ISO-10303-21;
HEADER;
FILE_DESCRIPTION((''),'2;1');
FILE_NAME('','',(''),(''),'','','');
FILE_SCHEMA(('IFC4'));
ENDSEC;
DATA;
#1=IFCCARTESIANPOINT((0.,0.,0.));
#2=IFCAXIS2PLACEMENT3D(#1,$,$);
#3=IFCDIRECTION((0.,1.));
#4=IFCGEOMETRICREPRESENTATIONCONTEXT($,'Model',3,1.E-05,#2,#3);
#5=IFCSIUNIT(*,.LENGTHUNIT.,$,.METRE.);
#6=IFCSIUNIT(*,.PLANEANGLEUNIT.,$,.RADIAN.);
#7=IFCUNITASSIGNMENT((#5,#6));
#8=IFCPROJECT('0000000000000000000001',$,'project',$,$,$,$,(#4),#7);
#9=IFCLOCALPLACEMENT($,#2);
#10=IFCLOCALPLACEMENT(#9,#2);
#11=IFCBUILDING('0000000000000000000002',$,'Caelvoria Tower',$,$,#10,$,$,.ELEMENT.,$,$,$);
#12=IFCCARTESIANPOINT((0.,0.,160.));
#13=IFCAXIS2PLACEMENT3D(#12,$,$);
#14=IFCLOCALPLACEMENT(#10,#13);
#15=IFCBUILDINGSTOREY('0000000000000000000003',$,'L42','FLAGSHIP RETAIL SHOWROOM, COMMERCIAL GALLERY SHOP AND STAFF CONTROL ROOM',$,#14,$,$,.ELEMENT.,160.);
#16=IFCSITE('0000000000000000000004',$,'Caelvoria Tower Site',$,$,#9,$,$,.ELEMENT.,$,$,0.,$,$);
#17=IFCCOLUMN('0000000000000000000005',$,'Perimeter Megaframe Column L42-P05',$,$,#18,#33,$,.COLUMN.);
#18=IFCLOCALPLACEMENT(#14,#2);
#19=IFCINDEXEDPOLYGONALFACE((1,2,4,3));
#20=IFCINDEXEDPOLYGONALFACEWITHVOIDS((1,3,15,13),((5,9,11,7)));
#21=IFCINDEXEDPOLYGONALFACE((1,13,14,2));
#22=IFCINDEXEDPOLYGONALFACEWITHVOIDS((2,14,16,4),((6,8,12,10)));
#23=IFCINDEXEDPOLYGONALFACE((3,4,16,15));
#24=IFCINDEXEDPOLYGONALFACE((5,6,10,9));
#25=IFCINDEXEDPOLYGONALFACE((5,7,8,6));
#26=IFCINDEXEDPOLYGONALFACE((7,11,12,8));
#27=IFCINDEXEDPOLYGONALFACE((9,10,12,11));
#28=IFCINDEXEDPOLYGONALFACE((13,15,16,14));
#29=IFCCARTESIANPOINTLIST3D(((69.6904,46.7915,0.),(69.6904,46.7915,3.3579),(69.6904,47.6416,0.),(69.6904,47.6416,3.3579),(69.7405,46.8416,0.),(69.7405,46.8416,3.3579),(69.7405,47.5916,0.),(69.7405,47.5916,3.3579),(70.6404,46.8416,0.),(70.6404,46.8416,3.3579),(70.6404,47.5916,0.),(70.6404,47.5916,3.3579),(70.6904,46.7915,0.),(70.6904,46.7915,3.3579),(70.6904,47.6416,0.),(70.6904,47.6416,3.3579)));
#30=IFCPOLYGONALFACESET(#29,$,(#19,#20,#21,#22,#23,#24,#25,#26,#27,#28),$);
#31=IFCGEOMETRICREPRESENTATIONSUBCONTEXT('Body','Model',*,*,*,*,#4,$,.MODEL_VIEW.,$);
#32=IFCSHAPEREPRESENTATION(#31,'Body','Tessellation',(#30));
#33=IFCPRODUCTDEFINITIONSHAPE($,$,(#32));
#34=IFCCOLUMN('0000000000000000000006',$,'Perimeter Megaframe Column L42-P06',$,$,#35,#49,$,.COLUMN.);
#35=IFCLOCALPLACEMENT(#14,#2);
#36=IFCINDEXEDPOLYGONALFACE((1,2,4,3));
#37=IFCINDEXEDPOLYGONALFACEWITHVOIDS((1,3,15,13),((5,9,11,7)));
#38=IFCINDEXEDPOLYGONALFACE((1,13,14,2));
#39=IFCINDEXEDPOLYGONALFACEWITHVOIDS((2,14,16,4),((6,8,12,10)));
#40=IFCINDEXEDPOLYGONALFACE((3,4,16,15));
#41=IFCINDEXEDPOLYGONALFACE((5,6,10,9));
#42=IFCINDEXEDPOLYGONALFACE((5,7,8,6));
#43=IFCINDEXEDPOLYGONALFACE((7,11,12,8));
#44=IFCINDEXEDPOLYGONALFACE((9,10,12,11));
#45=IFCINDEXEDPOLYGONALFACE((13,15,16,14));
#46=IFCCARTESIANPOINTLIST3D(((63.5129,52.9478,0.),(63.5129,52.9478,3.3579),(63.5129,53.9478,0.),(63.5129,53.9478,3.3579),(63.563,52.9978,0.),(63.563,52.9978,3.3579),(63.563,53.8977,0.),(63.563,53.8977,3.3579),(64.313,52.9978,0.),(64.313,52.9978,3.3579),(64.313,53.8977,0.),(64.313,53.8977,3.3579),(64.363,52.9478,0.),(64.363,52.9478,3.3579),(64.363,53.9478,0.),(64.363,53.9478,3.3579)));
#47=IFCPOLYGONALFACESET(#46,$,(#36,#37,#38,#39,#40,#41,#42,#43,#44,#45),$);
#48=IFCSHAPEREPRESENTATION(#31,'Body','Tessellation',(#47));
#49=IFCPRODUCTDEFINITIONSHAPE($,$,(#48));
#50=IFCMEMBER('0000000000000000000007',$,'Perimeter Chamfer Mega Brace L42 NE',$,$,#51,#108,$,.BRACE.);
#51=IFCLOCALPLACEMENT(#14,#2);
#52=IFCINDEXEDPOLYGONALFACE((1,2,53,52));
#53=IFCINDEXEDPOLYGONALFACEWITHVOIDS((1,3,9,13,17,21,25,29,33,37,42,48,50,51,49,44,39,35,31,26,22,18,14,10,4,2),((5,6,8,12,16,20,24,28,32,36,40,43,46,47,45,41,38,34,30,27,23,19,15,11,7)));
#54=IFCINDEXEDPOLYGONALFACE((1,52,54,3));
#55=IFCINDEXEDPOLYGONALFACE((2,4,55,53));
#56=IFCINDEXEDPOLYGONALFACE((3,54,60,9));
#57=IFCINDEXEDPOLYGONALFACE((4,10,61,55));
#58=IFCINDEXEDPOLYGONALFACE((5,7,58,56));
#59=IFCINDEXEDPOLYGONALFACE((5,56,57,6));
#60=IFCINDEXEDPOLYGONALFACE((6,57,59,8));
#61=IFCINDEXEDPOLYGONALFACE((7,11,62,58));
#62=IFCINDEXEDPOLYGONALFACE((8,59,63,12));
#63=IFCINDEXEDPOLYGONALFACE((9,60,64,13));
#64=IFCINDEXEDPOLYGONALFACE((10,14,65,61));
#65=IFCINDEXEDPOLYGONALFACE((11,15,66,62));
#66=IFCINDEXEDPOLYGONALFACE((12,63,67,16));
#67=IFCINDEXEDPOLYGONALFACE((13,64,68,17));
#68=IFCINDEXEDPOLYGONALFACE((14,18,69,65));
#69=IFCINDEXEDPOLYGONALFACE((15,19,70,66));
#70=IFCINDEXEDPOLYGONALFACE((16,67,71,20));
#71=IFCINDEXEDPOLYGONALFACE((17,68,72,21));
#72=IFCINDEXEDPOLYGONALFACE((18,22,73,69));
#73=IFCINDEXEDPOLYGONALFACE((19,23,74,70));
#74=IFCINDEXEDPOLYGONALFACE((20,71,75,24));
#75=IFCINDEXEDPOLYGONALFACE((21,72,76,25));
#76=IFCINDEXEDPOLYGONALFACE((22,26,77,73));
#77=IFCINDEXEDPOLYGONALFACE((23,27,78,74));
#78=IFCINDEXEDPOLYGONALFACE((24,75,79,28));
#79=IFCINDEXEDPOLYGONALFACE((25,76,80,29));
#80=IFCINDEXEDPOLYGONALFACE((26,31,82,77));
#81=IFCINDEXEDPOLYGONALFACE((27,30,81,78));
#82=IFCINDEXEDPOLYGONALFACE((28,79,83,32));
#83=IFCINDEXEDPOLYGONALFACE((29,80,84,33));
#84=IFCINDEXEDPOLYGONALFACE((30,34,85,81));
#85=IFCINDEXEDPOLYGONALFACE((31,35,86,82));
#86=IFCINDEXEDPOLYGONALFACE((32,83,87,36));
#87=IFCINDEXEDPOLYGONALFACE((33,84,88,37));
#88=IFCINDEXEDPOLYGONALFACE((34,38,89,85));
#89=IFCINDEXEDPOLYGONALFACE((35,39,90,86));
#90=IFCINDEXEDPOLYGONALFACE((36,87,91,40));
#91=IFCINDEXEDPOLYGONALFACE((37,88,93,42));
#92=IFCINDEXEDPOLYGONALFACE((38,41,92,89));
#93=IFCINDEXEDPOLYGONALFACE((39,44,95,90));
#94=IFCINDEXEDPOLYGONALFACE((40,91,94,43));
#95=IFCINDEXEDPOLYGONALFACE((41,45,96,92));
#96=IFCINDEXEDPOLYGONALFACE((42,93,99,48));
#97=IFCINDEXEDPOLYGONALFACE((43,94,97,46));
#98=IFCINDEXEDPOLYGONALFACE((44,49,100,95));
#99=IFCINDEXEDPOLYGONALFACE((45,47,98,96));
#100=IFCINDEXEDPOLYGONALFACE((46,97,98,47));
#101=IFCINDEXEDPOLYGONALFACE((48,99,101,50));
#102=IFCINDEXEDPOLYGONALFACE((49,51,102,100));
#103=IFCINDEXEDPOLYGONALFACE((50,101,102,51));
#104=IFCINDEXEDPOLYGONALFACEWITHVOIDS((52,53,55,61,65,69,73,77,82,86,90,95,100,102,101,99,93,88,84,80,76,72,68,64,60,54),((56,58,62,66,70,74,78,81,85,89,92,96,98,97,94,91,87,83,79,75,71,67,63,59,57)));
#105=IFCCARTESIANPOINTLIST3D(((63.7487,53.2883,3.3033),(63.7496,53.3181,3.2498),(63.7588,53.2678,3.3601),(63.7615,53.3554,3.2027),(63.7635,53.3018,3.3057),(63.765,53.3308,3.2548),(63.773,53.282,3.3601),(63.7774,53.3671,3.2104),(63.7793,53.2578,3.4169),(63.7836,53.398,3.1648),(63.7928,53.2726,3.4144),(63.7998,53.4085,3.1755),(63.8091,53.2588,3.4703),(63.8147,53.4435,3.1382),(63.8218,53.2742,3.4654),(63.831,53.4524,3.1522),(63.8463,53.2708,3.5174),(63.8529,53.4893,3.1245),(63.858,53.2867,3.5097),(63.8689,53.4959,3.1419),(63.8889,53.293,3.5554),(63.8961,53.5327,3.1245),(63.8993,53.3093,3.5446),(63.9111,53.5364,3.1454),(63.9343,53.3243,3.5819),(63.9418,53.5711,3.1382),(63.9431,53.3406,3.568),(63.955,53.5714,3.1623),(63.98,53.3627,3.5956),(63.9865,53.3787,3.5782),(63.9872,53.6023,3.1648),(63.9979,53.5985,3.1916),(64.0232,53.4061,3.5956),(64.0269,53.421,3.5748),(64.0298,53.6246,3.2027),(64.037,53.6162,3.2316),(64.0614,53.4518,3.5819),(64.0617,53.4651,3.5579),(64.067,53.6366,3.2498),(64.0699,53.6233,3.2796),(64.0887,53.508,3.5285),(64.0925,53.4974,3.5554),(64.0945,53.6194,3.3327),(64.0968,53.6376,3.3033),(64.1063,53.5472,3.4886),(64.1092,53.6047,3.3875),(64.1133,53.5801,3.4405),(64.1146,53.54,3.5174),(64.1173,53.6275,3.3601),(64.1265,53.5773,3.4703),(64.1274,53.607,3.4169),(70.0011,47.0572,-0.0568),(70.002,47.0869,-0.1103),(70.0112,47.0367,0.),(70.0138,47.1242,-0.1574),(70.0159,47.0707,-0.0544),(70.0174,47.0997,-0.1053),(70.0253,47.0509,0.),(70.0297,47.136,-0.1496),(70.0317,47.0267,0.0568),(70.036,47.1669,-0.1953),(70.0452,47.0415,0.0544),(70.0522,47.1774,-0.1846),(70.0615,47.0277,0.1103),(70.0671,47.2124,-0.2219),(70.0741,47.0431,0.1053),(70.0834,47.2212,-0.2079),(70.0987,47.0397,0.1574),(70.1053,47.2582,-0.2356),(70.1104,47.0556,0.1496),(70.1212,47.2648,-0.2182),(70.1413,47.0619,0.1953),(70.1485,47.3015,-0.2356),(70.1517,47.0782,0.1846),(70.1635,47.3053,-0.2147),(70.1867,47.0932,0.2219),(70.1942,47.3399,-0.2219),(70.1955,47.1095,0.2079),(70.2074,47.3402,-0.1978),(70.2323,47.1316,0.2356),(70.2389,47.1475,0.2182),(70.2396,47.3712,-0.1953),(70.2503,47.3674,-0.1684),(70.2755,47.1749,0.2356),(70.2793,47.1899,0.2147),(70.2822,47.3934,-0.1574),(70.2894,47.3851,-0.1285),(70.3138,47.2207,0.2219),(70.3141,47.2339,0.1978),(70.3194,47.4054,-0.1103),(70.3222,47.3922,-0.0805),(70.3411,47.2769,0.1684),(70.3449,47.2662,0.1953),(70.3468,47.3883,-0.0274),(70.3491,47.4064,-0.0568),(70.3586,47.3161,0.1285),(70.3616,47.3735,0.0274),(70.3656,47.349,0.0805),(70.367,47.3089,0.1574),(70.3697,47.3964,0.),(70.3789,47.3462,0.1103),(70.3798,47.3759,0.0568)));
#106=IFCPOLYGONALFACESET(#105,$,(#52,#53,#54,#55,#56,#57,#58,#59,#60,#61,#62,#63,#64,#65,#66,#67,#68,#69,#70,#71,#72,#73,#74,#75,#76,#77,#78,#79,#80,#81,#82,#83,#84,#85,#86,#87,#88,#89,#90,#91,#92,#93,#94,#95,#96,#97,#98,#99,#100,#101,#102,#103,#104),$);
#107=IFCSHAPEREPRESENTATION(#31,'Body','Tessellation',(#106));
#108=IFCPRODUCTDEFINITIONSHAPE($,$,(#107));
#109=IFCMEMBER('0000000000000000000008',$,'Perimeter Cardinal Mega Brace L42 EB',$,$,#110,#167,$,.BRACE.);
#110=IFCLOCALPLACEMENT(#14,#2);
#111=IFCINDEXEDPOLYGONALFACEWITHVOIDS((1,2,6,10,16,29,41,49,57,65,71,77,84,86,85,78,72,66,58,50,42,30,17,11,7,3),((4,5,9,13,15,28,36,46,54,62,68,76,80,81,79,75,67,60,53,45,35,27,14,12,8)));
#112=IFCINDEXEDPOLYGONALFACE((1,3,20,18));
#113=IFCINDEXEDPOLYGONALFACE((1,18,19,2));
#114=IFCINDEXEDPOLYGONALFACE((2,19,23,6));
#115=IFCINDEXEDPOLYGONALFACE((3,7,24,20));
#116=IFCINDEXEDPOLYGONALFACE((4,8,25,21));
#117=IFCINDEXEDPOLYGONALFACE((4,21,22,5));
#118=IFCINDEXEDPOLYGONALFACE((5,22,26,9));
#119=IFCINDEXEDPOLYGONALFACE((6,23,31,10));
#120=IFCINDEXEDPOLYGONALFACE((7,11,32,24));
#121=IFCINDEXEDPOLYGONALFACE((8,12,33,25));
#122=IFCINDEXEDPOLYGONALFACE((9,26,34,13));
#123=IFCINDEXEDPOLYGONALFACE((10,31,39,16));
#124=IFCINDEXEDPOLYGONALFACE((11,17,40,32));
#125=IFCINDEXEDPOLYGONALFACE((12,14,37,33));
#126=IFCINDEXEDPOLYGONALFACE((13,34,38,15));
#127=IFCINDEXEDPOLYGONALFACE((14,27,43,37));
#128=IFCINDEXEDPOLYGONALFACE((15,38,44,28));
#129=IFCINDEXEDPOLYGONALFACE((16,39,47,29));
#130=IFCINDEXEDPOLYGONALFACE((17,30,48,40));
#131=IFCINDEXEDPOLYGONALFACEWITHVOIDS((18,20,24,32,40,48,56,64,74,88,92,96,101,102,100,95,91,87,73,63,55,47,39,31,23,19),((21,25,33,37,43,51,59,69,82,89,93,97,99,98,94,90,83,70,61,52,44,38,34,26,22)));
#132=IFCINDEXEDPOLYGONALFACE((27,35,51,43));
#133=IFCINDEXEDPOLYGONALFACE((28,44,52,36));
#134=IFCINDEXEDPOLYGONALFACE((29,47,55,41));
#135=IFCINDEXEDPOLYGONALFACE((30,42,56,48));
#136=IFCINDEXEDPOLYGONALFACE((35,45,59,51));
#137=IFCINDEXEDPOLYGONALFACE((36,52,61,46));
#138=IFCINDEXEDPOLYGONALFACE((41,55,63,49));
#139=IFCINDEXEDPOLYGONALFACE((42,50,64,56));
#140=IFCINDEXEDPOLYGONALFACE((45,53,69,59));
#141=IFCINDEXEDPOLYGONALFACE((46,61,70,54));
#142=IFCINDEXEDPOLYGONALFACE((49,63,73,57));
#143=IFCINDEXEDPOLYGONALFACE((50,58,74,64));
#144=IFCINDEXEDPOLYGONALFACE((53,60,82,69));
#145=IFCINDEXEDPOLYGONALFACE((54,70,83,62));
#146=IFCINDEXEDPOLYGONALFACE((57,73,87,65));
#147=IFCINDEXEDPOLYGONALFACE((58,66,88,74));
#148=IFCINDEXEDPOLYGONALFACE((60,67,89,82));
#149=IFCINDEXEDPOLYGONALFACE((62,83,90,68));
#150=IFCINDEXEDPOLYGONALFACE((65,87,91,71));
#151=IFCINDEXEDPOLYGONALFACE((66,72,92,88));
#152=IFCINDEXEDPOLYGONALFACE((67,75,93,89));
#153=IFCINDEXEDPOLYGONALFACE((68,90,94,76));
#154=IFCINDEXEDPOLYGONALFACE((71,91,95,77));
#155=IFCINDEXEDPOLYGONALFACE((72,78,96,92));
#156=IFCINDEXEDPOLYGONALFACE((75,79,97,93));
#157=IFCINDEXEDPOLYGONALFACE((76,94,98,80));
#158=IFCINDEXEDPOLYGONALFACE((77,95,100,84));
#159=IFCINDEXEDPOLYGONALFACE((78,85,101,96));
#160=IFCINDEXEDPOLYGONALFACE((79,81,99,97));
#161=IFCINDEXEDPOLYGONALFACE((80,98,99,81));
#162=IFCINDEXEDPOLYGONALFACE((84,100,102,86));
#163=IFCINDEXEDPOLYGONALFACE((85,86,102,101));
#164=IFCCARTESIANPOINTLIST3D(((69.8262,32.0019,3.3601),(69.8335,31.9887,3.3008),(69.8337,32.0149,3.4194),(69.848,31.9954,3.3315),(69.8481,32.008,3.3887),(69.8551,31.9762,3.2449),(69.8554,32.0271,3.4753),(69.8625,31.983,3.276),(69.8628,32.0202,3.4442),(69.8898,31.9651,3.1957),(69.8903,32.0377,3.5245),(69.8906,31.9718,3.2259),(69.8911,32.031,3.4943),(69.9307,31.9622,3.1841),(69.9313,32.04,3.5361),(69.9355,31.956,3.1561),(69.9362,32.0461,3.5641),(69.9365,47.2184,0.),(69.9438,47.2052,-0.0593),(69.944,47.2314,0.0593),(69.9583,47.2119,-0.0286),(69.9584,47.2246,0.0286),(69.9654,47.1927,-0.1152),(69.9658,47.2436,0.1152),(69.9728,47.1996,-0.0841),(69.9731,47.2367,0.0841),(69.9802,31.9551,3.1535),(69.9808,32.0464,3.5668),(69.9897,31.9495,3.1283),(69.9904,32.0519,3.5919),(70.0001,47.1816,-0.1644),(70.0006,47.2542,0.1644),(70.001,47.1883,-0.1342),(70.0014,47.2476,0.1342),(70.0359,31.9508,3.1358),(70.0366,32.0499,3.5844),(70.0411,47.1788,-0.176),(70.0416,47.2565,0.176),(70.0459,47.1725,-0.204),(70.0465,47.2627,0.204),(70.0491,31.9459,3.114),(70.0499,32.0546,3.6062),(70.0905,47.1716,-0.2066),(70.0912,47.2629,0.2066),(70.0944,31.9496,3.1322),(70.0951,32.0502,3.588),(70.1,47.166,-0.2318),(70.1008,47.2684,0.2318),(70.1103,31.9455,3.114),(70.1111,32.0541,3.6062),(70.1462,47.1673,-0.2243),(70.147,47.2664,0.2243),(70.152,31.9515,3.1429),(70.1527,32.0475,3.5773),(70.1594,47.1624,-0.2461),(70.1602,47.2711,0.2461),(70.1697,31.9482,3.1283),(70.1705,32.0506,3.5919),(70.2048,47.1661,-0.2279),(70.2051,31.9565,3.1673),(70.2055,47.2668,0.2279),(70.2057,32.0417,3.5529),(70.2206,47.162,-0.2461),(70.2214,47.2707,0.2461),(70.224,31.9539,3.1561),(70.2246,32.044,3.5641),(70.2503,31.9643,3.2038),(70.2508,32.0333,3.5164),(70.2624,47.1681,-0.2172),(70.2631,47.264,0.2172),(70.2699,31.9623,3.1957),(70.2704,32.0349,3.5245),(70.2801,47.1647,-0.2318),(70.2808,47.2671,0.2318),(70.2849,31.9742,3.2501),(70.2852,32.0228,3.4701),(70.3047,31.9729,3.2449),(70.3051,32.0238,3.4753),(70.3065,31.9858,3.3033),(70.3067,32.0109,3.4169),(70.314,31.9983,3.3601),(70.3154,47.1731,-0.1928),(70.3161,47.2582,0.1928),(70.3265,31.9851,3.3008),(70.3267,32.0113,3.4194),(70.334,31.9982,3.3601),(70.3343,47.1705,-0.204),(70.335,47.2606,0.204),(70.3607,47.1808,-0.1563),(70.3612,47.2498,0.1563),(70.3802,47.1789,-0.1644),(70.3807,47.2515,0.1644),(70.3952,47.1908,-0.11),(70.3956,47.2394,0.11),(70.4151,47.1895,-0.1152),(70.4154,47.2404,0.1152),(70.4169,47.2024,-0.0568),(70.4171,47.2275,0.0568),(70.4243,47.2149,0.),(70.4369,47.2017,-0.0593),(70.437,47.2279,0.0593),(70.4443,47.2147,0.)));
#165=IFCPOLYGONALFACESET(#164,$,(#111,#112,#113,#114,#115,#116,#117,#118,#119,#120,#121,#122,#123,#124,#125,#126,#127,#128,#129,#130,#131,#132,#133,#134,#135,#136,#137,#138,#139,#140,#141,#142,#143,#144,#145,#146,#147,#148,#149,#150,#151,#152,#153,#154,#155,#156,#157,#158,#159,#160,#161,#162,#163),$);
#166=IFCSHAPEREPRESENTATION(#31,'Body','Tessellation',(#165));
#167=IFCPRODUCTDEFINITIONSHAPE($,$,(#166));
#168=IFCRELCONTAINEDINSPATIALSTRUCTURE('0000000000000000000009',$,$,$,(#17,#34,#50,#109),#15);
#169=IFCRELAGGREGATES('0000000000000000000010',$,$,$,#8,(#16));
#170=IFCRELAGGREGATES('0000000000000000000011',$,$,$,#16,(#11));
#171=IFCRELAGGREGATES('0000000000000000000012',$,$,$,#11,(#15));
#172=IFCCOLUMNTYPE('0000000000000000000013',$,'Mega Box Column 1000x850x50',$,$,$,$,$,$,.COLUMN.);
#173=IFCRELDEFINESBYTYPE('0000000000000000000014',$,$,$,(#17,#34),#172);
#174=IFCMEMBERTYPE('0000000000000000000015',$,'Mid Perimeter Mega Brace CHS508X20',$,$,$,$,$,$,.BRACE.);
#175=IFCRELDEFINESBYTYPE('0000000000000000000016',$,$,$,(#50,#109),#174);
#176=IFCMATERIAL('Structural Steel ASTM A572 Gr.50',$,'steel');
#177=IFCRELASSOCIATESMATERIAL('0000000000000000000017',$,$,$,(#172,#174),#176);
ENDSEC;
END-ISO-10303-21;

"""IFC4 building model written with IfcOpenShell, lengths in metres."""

from ifc_helpers import new_model, si_unit, direction, frame, origin, origin_2d, place, context, subcontext, project, spatial, hollow_rectangle, hollow_circle, extrude, material, material_profile, profile_set, type_object, element, save


model = new_model("IFC4")

# Units and contexts
model_context = context("Model", 3, precision=1e-05, world=origin(), true_north=direction((0.0, 1.0)))
body_context = subcontext(model_context, "Body", "Model", "MODEL_VIEW")
ifc_project = project(units=[si_unit("LENGTHUNIT", "METRE"), si_unit("PLANEANGLEUNIT", "RADIAN")], contexts=[model_context])

# Site, building, storey
site_placement = place(None, origin())
site = spatial("IfcSite", under=ifc_project, at=site_placement, Name="Caelvoria Tower Site", CompositionType="ELEMENT", RefElevation=0.0)
building_placement = place(site_placement, origin())
building = spatial("IfcBuilding", under=site, at=building_placement, Name="Caelvoria Tower", CompositionType="ELEMENT")
storey_placement = place(building_placement, frame((0.0, 0.0, 160.0)))
storey = spatial("IfcBuildingStorey", under=building, at=storey_placement, Name="L42", Description="FLAGSHIP RETAIL SHOWROOM, COMMERCIAL GALLERY SHOP AND STAFF CONTROL ROOM", CompositionType="ELEMENT", Elevation=160.0)

# Columns
ifc_material_1 = material(Name="Structural Steel ASTM A572 Gr.50", Category="steel")
ifc_material_profile_1 = material_profile(ifc_material_1, hollow_rectangle(XDim=0.8501, YDim=1.0, WallThickness=0.05, at=origin_2d()), Name="Structural Steel ASTM A572 Gr.50")
ifc_profile_set_1 = profile_set([ifc_material_profile_1], Name="BOX1000X850X50 - Structural Steel ASTM A572 Gr.50")
column_type = type_object("IfcColumnType", Name="Mega Box Column 1000x850x50", PredefinedType="COLUMN", material=ifc_profile_set_1)
for number, where, z_axis, x_axis, name in (
    (1, (70.1904, 47.2166, 0.0), (0.0, 0.0, 1.0), (0.0, 1.0, 0.0), "Perimeter Megaframe Column L42-P05"),
    (2, (63.938, 53.4478, 0.0), (0.0, 0.0, 1.0), (1.0, 0.0, 0.0), "Perimeter Megaframe Column L42-P06"),
):
    element("IfcColumn", number, at=place(storey_placement, frame(where, z_axis=z_axis, x_axis=x_axis)), inside=storey, type_object=column_type, Name=name, PredefinedType="COLUMN", context=body_context, shape_type="SweptSolid", body=[
        extrude(hollow_rectangle(XDim=0.8501, YDim=1.0, WallThickness=0.05, at=origin_2d()), origin(), (0.0, 0.0, 1.0), 3.3579),
    ])

# Members
ifc_material_profile_2 = material_profile(ifc_material_1, hollow_circle(Radius=0.2539, WallThickness=0.02, at=origin_2d()), Name="Structural Steel ASTM A572 Gr.50")
ifc_profile_set_2 = profile_set([ifc_material_profile_2], Name="CHS508X20 - Structural Steel ASTM A572 Gr.50")
member_type = type_object("IfcMemberType", Name="Mid Perimeter Mega Brace CHS508X20", PredefinedType="BRACE", material=ifc_profile_set_2)
member_1_placement = place(storey_placement, frame((70.1904, 47.2166, 0.0), z_axis=(-0.661972, 0.659724, 0.355749), x_axis=(-0.705903, -0.708309, 0.0)))
element("IfcMember", 3, at=member_1_placement, inside=storey, type_object=member_type, Name="Perimeter Chamfer Mega Brace L42 NE", PredefinedType="BRACE", context=body_context, shape_type="SweptSolid", body=[
    extrude(hollow_circle(Radius=0.2539, WallThickness=0.02, at=origin_2d()), origin(), (0.0, 0.0, 1.0), 9.4451),
])
member_2_placement = place(storey_placement, frame((70.1904, 47.2166, 0.0), z_axis=(-0.007081, -0.976452, 0.215619), x_axis=(0.999974, -0.007252, 0.0)))
element("IfcMember", 4, at=member_2_placement, inside=storey, type_object=member_type, Name="Perimeter Cardinal Mega Brace L42 EB", PredefinedType="BRACE", context=body_context, shape_type="SweptSolid", body=[
    extrude(hollow_circle(Radius=0.2539, WallThickness=0.02, at=origin_2d()), origin(), (0.0, 0.0, 1.0), 15.5835),
])

save(model, "model.ifc")
